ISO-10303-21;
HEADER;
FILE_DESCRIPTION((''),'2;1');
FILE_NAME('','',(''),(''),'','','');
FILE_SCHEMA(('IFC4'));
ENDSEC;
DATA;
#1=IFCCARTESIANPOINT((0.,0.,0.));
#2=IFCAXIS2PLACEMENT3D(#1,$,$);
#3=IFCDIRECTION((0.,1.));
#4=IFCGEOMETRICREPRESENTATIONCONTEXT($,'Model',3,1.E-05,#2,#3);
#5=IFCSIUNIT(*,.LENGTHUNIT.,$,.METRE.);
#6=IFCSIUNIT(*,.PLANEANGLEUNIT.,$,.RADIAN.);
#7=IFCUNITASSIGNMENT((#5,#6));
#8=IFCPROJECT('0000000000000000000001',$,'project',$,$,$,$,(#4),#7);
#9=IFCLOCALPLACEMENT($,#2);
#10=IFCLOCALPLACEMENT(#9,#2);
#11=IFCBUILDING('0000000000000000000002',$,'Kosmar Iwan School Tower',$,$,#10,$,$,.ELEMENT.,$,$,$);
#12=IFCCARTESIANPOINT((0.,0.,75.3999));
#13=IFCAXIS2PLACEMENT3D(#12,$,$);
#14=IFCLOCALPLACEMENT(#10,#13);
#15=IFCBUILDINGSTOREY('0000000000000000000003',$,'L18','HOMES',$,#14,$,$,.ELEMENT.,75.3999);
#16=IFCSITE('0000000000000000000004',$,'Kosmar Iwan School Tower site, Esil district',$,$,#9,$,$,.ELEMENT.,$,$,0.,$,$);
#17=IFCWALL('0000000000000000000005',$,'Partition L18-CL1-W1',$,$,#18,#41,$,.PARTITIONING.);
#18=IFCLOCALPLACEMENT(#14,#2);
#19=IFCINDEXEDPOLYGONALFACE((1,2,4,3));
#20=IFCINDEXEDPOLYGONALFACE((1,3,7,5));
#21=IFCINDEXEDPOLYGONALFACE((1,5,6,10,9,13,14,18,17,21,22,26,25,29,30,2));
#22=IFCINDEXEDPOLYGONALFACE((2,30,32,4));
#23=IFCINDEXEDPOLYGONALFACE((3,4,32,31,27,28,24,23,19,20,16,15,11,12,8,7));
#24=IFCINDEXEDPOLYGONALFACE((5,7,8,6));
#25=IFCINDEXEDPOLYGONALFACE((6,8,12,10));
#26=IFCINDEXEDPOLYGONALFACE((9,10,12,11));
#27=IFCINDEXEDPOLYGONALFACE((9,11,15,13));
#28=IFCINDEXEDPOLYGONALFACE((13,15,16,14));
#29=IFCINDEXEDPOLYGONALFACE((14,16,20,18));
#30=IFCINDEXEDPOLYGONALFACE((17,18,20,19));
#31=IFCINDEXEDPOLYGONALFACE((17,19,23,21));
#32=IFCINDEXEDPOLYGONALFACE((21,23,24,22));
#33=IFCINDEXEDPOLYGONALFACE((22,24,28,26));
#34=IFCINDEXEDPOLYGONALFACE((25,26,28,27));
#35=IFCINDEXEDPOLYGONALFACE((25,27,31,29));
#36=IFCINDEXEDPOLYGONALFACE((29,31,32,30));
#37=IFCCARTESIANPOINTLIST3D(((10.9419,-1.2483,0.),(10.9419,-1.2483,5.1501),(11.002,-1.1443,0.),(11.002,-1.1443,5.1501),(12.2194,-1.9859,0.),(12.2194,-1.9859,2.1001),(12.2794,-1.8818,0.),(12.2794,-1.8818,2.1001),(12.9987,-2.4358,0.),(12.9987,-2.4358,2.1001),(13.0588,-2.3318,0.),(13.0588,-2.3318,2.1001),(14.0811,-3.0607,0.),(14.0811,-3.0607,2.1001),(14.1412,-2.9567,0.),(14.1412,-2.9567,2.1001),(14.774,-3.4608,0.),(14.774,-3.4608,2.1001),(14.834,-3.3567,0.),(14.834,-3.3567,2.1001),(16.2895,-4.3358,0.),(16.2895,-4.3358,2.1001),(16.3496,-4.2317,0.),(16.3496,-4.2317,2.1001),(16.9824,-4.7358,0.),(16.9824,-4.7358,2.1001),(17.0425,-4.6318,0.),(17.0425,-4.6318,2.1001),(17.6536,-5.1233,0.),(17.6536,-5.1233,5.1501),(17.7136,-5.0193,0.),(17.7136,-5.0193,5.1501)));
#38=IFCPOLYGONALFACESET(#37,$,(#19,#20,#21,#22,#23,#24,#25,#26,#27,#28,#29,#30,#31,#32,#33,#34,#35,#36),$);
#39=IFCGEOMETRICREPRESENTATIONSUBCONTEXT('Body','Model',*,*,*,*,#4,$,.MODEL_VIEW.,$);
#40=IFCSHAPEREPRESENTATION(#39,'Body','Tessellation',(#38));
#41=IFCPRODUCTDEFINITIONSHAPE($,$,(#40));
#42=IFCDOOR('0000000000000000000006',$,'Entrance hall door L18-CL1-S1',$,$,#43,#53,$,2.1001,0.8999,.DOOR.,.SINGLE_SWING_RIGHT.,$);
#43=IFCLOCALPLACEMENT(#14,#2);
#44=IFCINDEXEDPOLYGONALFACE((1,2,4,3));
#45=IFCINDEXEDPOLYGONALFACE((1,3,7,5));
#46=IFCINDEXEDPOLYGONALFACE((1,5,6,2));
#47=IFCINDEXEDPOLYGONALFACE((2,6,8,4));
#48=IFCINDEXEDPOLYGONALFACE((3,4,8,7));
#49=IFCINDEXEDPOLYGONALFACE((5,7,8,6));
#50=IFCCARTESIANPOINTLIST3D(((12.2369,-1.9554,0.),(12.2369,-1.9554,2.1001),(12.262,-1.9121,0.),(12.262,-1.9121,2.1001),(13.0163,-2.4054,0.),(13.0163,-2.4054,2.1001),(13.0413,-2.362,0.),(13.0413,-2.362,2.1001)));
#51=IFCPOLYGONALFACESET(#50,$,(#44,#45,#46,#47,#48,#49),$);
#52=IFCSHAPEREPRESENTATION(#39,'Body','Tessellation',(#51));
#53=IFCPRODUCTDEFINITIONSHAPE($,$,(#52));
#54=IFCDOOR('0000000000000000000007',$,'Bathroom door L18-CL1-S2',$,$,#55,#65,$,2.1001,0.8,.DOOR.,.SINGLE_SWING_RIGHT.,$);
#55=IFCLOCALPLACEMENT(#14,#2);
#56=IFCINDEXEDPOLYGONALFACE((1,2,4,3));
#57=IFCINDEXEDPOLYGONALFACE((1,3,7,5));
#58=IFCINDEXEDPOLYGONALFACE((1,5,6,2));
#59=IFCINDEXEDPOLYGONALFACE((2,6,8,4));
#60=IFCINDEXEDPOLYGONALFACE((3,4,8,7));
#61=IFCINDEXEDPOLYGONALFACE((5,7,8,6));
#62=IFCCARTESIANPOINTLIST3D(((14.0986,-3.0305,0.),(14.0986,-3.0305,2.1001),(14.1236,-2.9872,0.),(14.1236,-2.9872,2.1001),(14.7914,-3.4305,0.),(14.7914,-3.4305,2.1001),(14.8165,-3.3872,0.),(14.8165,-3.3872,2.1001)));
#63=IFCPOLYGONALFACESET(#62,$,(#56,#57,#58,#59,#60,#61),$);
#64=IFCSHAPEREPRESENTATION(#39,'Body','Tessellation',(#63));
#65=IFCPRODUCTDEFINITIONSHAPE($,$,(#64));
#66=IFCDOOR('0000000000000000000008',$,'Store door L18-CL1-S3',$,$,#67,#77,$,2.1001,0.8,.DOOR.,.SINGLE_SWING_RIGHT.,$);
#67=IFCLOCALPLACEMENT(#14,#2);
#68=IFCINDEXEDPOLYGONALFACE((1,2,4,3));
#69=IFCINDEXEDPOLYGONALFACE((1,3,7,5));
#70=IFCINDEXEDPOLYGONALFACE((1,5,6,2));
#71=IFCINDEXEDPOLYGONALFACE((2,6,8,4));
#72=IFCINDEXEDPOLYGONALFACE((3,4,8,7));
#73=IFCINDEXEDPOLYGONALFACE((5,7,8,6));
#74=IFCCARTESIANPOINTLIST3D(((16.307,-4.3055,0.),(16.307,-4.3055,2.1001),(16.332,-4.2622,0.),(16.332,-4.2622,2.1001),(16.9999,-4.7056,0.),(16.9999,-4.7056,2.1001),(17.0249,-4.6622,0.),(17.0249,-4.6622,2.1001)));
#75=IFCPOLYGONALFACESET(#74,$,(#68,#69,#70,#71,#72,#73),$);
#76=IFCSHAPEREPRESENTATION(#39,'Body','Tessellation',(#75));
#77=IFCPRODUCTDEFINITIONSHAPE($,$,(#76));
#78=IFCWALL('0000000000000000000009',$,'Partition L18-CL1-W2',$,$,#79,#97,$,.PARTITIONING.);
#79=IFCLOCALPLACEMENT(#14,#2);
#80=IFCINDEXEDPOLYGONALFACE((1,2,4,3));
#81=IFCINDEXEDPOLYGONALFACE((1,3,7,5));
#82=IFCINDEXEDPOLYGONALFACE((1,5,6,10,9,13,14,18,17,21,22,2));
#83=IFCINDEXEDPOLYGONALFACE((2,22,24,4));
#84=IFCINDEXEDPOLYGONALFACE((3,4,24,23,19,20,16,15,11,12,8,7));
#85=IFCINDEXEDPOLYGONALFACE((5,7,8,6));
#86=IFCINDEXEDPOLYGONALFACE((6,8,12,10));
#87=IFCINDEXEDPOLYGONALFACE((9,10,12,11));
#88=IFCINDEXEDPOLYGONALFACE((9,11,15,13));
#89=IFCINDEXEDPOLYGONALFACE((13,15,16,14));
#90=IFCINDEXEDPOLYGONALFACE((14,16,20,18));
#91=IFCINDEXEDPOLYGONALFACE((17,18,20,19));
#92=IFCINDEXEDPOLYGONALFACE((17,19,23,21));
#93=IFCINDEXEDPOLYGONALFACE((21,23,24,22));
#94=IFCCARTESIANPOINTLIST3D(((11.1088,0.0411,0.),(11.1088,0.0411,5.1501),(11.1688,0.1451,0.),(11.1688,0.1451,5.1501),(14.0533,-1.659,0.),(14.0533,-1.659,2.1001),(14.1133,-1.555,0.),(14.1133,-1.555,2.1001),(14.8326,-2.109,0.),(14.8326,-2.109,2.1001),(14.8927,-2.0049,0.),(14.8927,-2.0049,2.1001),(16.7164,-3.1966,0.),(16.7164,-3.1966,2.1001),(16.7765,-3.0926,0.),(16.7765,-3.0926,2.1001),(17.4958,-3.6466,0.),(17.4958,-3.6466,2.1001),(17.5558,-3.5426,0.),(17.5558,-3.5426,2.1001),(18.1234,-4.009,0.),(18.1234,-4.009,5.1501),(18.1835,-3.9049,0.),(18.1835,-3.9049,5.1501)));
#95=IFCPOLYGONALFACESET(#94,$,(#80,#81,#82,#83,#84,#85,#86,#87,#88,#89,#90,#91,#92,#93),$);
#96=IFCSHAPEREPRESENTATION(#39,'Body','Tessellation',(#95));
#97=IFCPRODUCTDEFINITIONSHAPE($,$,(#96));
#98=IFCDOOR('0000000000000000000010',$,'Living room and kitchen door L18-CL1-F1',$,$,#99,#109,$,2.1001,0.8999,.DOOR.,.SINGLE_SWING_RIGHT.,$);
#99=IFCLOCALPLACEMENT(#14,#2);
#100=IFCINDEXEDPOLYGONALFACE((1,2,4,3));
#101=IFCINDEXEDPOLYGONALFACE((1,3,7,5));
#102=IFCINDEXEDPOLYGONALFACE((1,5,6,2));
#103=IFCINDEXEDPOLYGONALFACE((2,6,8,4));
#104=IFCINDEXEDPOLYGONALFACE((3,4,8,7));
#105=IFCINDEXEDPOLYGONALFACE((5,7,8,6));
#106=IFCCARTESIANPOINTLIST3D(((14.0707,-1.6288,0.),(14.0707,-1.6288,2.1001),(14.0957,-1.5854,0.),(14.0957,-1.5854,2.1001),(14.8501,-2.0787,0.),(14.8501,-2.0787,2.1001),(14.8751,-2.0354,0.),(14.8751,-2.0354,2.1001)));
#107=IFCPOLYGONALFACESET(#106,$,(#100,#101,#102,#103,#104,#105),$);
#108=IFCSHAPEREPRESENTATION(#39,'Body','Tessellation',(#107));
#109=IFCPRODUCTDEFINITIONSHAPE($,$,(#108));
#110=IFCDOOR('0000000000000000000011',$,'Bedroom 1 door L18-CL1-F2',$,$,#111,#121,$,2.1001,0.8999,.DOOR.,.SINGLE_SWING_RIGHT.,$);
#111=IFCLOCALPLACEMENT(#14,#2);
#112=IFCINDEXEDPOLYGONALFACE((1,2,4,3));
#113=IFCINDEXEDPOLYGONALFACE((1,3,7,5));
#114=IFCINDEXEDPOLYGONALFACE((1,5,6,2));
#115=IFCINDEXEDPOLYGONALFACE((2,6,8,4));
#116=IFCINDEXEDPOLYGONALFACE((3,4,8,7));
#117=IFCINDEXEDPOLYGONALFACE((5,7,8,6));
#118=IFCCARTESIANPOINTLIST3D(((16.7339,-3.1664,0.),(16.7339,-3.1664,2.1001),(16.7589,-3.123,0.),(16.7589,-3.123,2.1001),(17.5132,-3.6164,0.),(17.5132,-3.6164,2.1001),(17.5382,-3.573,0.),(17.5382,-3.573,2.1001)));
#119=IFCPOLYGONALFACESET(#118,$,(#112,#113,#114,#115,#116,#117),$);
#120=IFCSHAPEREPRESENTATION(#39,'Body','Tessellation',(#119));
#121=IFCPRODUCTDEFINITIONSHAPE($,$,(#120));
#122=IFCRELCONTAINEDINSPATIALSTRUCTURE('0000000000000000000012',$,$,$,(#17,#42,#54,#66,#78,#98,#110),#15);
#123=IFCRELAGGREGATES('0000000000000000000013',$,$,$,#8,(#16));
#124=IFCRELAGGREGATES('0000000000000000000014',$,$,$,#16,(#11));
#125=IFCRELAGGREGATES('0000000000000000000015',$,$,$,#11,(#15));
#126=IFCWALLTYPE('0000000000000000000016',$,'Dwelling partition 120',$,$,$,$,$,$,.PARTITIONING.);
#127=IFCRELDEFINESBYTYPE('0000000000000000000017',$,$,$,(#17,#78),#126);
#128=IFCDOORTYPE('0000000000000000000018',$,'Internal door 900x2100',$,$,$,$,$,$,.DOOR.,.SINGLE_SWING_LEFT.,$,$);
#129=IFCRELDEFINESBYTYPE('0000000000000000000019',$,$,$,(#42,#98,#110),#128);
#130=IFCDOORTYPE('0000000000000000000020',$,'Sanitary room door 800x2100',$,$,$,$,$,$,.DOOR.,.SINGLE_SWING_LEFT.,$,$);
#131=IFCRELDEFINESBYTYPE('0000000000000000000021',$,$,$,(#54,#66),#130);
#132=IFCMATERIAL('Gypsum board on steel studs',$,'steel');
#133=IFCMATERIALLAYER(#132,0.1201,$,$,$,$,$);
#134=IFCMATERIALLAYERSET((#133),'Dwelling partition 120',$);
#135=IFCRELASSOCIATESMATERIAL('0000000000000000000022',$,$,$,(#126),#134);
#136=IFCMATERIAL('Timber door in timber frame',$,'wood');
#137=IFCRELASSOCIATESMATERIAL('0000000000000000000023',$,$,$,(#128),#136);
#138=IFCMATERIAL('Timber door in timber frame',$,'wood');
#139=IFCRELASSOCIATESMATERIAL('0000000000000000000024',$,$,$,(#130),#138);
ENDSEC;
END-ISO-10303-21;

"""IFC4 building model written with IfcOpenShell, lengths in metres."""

from ifc_helpers import new_model, si_unit, direction, frame, frame_2d, origin, place, context, subcontext, project, spatial, rectangle, extrude, material, layer, layer_set, type_object, element, fill, save


model = new_model("IFC4")

# Units and contexts
model_context = context("Model", 3, precision=1e-05, world=origin(), true_north=direction((0.0, 1.0)))
body_context = subcontext(model_context, "Body", "Model", "MODEL_VIEW")
ifc_project = project(units=[si_unit("LENGTHUNIT", "METRE"), si_unit("PLANEANGLEUNIT", "RADIAN")], contexts=[model_context])

# Site, building, storey
site_placement = place(None, origin())
site = spatial("IfcSite", under=ifc_project, at=site_placement, Name="Kosmar Iwan School Tower site, Esil district", CompositionType="ELEMENT", RefElevation=0.0)
building_placement = place(site_placement, origin())
building = spatial("IfcBuilding", under=site, at=building_placement, Name="Kosmar Iwan School Tower", CompositionType="ELEMENT")
storey_placement = place(building_placement, frame((0.0, 0.0, 75.3999)))
storey = spatial("IfcBuildingStorey", under=building, at=storey_placement, Name="L18", Description="HOMES", CompositionType="ELEMENT", Elevation=75.3999)

# Walls, openings, doors
ifc_material_1 = material(Name="Gypsum board on steel studs", Category="steel")
ifc_layer_1 = layer(ifc_material_1, 0.1201)
ifc_layer_set_1 = layer_set([ifc_layer_1], Name="Dwelling partition 120")
wall_type = type_object("IfcWallType", Name="Dwelling partition 120", PredefinedType="PARTITIONING", material=ifc_layer_set_1)
wall_1_placement = place(storey_placement, frame((10.9719, -1.1963, 0.0), z_axis=(0.0, 0.0, 1.0), x_axis=(0.866025, -0.500002, 0.0)))
wall_1 = element("IfcWall", 1, at=wall_1_placement, inside=storey, type_object=wall_type, Name="Partition L18-CL1-W1", PredefinedType="PARTITIONING", context=body_context, shape_type="SweptSolid", body=[
    extrude(rectangle(XDim=7.75, YDim=0.1201, at=frame_2d((3.875, 0.0))), origin(), (0.0, 0.0, 1.0), 5.1501),
])
opening_1_placement = place(wall_1_placement, frame((1.4751, 0.0, 0.0)))
opening_1 = element("IfcOpeningElement", 2, at=opening_1_placement, cuts=wall_1, PredefinedType="OPENING", context=body_context, shape_type="SweptSolid", body=[
    extrude(rectangle(XDim=0.8999, YDim=2.1001, at=frame_2d((0.45, 1.05))), frame((0.0, 0.072, 0.0), z_axis=(0.0, -1.0, 0.0), x_axis=(1.0, 0.0, 0.0)), (0.0, 0.0, 1.0), 0.144),
])
opening_2_placement = place(wall_1_placement, frame((3.625, 0.0, 0.0)))
opening_2 = element("IfcOpeningElement", 3, at=opening_2_placement, cuts=wall_1, PredefinedType="OPENING", context=body_context, shape_type="SweptSolid", body=[
    extrude(rectangle(XDim=0.8, YDim=2.1001, at=frame_2d((0.3999, 1.05))), frame((0.0, 0.072, 0.0), z_axis=(0.0, -1.0, 0.0), x_axis=(1.0, 0.0, 0.0)), (0.0, 0.0, 1.0), 0.144),
])
opening_3_placement = place(wall_1_placement, frame((6.175, 0.0, 0.0)))
opening_3 = element("IfcOpeningElement", 4, at=opening_3_placement, cuts=wall_1, PredefinedType="OPENING", context=body_context, shape_type="SweptSolid", body=[
    extrude(rectangle(XDim=0.8, YDim=2.1001, at=frame_2d((0.3999, 1.05))), frame((0.0, 0.072, 0.0), z_axis=(0.0, -1.0, 0.0), x_axis=(1.0, 0.0, 0.0)), (0.0, 0.0, 1.0), 0.144),
])
ifc_material_2 = material(Name="Timber door in timber frame", Category="wood")
door_type_1 = type_object("IfcDoorType", Name="Internal door 900x2100", OperationType="SINGLE_SWING_LEFT", PredefinedType="DOOR", material=ifc_material_2)
door_1_placement = place(opening_1_placement, frame((0.8999, 0.0, 0.0), z_axis=(0.0, 0.0, 1.0), x_axis=(-1.0, 0.0, 0.0)))
door_1 = element("IfcDoor", 5, at=door_1_placement, inside=storey, type_object=door_type_1, Name="Entrance hall door L18-CL1-S1", OperationType="SINGLE_SWING_RIGHT", OverallHeight=2.1001, OverallWidth=0.8999, PredefinedType="DOOR", context=body_context, shape_type="SweptSolid", body=[
    extrude(rectangle(XDim=0.8999, YDim=2.1001, at=frame_2d((0.45, 1.05))), frame((0.0, 0.0249, 0.0), z_axis=(0.0, -1.0, 0.0), x_axis=(1.0, 0.0, 0.0)), (0.0, 0.0, 1.0), 0.05),
])
fill(opening_1, door_1)
ifc_material_3 = material(Name="Timber door in timber frame", Category="wood")
door_type_2 = type_object("IfcDoorType", Name="Sanitary room door 800x2100", OperationType="SINGLE_SWING_LEFT", PredefinedType="DOOR", material=ifc_material_3)
door_2_placement = place(opening_2_placement, origin())
door_2 = element("IfcDoor", 6, at=door_2_placement, inside=storey, type_object=door_type_2, Name="Bathroom door L18-CL1-S2", OperationType="SINGLE_SWING_RIGHT", OverallHeight=2.1001, OverallWidth=0.8, PredefinedType="DOOR", context=body_context, shape_type="SweptSolid", body=[
    extrude(rectangle(XDim=0.8, YDim=2.1001, at=frame_2d((0.3999, 1.05))), frame((0.0, 0.0249, 0.0), z_axis=(0.0, -1.0, 0.0), x_axis=(1.0, 0.0, 0.0)), (0.0, 0.0, 1.0), 0.05),
])
fill(opening_2, door_2)
door_3_placement = place(opening_3_placement, origin())
door_3 = element("IfcDoor", 7, at=door_3_placement, inside=storey, type_object=door_type_2, Name="Store door L18-CL1-S3", OperationType="SINGLE_SWING_RIGHT", OverallHeight=2.1001, OverallWidth=0.8, PredefinedType="DOOR", context=body_context, shape_type="SweptSolid", body=[
    extrude(rectangle(XDim=0.8, YDim=2.1001, at=frame_2d((0.3999, 1.05))), frame((0.0, 0.0249, 0.0), z_axis=(0.0, -1.0, 0.0), x_axis=(1.0, 0.0, 0.0)), (0.0, 0.0, 1.0), 0.05),
])
fill(opening_3, door_3)
wall_2_placement = place(storey_placement, frame((11.1389, 0.093, 0.0), z_axis=(0.0, 0.0, 1.0), x_axis=(0.866018, -0.500013, 0.0)))
wall_2 = element("IfcWall", 8, at=wall_2_placement, inside=storey, type_object=wall_type, Name="Partition L18-CL1-W2", PredefinedType="PARTITIONING", context=body_context, shape_type="SweptSolid", body=[
    extrude(rectangle(XDim=8.0999, YDim=0.1201, at=frame_2d((4.0498, 0.0))), origin(), (0.0, 0.0, 1.0), 5.1501),
])
opening_4_placement = place(wall_2_placement, frame((3.3999, 0.0, 0.0)))
opening_4 = element("IfcOpeningElement", 9, at=opening_4_placement, cuts=wall_2, PredefinedType="OPENING", context=body_context, shape_type="SweptSolid", body=[
    extrude(rectangle(XDim=0.8999, YDim=2.1001, at=frame_2d((0.45, 1.05))), frame((0.0, 0.072, 0.0), z_axis=(0.0, -1.0, 0.0), x_axis=(1.0, 0.0, 0.0)), (0.0, 0.0, 1.0), 0.144),
])
opening_5_placement = place(wall_2_placement, frame((6.4751, 0.0, 0.0)))
opening_5 = element("IfcOpeningElement", 10, at=opening_5_placement, cuts=wall_2, PredefinedType="OPENING", context=body_context, shape_type="SweptSolid", body=[
    extrude(rectangle(XDim=0.8999, YDim=2.1001, at=frame_2d((0.45, 1.05))), frame((0.0, 0.072, 0.0), z_axis=(0.0, -1.0, 0.0), x_axis=(1.0, 0.0, 0.0)), (0.0, 0.0, 1.0), 0.144),
])
door_4_placement = place(opening_4_placement, origin())
door_4 = element("IfcDoor", 11, at=door_4_placement, inside=storey, type_object=door_type_1, Name="Living room and kitchen door L18-CL1-F1", OperationType="SINGLE_SWING_RIGHT", OverallHeight=2.1001, OverallWidth=0.8999, PredefinedType="DOOR", context=body_context, shape_type="SweptSolid", body=[
    extrude(rectangle(XDim=0.8999, YDim=2.1001, at=frame_2d((0.45, 1.05))), frame((0.0, 0.0249, 0.0), z_axis=(0.0, -1.0, 0.0), x_axis=(1.0, 0.0, 0.0)), (0.0, 0.0, 1.0), 0.05),
])
fill(opening_4, door_4)
door_5_placement = place(opening_5_placement, origin())
door_5 = element("IfcDoor", 12, at=door_5_placement, inside=storey, type_object=door_type_1, Name="Bedroom 1 door L18-CL1-F2", OperationType="SINGLE_SWING_RIGHT", OverallHeight=2.1001, OverallWidth=0.8999, PredefinedType="DOOR", context=body_context, shape_type="SweptSolid", body=[
    extrude(rectangle(XDim=0.8999, YDim=2.1001, at=frame_2d((0.45, 1.05))), frame((0.0, 0.0249, 0.0), z_axis=(0.0, -1.0, 0.0), x_axis=(1.0, 0.0, 0.0)), (0.0, 0.0, 1.0), 0.05),
])
fill(opening_5, door_5)

save(model, "model.ifc")
